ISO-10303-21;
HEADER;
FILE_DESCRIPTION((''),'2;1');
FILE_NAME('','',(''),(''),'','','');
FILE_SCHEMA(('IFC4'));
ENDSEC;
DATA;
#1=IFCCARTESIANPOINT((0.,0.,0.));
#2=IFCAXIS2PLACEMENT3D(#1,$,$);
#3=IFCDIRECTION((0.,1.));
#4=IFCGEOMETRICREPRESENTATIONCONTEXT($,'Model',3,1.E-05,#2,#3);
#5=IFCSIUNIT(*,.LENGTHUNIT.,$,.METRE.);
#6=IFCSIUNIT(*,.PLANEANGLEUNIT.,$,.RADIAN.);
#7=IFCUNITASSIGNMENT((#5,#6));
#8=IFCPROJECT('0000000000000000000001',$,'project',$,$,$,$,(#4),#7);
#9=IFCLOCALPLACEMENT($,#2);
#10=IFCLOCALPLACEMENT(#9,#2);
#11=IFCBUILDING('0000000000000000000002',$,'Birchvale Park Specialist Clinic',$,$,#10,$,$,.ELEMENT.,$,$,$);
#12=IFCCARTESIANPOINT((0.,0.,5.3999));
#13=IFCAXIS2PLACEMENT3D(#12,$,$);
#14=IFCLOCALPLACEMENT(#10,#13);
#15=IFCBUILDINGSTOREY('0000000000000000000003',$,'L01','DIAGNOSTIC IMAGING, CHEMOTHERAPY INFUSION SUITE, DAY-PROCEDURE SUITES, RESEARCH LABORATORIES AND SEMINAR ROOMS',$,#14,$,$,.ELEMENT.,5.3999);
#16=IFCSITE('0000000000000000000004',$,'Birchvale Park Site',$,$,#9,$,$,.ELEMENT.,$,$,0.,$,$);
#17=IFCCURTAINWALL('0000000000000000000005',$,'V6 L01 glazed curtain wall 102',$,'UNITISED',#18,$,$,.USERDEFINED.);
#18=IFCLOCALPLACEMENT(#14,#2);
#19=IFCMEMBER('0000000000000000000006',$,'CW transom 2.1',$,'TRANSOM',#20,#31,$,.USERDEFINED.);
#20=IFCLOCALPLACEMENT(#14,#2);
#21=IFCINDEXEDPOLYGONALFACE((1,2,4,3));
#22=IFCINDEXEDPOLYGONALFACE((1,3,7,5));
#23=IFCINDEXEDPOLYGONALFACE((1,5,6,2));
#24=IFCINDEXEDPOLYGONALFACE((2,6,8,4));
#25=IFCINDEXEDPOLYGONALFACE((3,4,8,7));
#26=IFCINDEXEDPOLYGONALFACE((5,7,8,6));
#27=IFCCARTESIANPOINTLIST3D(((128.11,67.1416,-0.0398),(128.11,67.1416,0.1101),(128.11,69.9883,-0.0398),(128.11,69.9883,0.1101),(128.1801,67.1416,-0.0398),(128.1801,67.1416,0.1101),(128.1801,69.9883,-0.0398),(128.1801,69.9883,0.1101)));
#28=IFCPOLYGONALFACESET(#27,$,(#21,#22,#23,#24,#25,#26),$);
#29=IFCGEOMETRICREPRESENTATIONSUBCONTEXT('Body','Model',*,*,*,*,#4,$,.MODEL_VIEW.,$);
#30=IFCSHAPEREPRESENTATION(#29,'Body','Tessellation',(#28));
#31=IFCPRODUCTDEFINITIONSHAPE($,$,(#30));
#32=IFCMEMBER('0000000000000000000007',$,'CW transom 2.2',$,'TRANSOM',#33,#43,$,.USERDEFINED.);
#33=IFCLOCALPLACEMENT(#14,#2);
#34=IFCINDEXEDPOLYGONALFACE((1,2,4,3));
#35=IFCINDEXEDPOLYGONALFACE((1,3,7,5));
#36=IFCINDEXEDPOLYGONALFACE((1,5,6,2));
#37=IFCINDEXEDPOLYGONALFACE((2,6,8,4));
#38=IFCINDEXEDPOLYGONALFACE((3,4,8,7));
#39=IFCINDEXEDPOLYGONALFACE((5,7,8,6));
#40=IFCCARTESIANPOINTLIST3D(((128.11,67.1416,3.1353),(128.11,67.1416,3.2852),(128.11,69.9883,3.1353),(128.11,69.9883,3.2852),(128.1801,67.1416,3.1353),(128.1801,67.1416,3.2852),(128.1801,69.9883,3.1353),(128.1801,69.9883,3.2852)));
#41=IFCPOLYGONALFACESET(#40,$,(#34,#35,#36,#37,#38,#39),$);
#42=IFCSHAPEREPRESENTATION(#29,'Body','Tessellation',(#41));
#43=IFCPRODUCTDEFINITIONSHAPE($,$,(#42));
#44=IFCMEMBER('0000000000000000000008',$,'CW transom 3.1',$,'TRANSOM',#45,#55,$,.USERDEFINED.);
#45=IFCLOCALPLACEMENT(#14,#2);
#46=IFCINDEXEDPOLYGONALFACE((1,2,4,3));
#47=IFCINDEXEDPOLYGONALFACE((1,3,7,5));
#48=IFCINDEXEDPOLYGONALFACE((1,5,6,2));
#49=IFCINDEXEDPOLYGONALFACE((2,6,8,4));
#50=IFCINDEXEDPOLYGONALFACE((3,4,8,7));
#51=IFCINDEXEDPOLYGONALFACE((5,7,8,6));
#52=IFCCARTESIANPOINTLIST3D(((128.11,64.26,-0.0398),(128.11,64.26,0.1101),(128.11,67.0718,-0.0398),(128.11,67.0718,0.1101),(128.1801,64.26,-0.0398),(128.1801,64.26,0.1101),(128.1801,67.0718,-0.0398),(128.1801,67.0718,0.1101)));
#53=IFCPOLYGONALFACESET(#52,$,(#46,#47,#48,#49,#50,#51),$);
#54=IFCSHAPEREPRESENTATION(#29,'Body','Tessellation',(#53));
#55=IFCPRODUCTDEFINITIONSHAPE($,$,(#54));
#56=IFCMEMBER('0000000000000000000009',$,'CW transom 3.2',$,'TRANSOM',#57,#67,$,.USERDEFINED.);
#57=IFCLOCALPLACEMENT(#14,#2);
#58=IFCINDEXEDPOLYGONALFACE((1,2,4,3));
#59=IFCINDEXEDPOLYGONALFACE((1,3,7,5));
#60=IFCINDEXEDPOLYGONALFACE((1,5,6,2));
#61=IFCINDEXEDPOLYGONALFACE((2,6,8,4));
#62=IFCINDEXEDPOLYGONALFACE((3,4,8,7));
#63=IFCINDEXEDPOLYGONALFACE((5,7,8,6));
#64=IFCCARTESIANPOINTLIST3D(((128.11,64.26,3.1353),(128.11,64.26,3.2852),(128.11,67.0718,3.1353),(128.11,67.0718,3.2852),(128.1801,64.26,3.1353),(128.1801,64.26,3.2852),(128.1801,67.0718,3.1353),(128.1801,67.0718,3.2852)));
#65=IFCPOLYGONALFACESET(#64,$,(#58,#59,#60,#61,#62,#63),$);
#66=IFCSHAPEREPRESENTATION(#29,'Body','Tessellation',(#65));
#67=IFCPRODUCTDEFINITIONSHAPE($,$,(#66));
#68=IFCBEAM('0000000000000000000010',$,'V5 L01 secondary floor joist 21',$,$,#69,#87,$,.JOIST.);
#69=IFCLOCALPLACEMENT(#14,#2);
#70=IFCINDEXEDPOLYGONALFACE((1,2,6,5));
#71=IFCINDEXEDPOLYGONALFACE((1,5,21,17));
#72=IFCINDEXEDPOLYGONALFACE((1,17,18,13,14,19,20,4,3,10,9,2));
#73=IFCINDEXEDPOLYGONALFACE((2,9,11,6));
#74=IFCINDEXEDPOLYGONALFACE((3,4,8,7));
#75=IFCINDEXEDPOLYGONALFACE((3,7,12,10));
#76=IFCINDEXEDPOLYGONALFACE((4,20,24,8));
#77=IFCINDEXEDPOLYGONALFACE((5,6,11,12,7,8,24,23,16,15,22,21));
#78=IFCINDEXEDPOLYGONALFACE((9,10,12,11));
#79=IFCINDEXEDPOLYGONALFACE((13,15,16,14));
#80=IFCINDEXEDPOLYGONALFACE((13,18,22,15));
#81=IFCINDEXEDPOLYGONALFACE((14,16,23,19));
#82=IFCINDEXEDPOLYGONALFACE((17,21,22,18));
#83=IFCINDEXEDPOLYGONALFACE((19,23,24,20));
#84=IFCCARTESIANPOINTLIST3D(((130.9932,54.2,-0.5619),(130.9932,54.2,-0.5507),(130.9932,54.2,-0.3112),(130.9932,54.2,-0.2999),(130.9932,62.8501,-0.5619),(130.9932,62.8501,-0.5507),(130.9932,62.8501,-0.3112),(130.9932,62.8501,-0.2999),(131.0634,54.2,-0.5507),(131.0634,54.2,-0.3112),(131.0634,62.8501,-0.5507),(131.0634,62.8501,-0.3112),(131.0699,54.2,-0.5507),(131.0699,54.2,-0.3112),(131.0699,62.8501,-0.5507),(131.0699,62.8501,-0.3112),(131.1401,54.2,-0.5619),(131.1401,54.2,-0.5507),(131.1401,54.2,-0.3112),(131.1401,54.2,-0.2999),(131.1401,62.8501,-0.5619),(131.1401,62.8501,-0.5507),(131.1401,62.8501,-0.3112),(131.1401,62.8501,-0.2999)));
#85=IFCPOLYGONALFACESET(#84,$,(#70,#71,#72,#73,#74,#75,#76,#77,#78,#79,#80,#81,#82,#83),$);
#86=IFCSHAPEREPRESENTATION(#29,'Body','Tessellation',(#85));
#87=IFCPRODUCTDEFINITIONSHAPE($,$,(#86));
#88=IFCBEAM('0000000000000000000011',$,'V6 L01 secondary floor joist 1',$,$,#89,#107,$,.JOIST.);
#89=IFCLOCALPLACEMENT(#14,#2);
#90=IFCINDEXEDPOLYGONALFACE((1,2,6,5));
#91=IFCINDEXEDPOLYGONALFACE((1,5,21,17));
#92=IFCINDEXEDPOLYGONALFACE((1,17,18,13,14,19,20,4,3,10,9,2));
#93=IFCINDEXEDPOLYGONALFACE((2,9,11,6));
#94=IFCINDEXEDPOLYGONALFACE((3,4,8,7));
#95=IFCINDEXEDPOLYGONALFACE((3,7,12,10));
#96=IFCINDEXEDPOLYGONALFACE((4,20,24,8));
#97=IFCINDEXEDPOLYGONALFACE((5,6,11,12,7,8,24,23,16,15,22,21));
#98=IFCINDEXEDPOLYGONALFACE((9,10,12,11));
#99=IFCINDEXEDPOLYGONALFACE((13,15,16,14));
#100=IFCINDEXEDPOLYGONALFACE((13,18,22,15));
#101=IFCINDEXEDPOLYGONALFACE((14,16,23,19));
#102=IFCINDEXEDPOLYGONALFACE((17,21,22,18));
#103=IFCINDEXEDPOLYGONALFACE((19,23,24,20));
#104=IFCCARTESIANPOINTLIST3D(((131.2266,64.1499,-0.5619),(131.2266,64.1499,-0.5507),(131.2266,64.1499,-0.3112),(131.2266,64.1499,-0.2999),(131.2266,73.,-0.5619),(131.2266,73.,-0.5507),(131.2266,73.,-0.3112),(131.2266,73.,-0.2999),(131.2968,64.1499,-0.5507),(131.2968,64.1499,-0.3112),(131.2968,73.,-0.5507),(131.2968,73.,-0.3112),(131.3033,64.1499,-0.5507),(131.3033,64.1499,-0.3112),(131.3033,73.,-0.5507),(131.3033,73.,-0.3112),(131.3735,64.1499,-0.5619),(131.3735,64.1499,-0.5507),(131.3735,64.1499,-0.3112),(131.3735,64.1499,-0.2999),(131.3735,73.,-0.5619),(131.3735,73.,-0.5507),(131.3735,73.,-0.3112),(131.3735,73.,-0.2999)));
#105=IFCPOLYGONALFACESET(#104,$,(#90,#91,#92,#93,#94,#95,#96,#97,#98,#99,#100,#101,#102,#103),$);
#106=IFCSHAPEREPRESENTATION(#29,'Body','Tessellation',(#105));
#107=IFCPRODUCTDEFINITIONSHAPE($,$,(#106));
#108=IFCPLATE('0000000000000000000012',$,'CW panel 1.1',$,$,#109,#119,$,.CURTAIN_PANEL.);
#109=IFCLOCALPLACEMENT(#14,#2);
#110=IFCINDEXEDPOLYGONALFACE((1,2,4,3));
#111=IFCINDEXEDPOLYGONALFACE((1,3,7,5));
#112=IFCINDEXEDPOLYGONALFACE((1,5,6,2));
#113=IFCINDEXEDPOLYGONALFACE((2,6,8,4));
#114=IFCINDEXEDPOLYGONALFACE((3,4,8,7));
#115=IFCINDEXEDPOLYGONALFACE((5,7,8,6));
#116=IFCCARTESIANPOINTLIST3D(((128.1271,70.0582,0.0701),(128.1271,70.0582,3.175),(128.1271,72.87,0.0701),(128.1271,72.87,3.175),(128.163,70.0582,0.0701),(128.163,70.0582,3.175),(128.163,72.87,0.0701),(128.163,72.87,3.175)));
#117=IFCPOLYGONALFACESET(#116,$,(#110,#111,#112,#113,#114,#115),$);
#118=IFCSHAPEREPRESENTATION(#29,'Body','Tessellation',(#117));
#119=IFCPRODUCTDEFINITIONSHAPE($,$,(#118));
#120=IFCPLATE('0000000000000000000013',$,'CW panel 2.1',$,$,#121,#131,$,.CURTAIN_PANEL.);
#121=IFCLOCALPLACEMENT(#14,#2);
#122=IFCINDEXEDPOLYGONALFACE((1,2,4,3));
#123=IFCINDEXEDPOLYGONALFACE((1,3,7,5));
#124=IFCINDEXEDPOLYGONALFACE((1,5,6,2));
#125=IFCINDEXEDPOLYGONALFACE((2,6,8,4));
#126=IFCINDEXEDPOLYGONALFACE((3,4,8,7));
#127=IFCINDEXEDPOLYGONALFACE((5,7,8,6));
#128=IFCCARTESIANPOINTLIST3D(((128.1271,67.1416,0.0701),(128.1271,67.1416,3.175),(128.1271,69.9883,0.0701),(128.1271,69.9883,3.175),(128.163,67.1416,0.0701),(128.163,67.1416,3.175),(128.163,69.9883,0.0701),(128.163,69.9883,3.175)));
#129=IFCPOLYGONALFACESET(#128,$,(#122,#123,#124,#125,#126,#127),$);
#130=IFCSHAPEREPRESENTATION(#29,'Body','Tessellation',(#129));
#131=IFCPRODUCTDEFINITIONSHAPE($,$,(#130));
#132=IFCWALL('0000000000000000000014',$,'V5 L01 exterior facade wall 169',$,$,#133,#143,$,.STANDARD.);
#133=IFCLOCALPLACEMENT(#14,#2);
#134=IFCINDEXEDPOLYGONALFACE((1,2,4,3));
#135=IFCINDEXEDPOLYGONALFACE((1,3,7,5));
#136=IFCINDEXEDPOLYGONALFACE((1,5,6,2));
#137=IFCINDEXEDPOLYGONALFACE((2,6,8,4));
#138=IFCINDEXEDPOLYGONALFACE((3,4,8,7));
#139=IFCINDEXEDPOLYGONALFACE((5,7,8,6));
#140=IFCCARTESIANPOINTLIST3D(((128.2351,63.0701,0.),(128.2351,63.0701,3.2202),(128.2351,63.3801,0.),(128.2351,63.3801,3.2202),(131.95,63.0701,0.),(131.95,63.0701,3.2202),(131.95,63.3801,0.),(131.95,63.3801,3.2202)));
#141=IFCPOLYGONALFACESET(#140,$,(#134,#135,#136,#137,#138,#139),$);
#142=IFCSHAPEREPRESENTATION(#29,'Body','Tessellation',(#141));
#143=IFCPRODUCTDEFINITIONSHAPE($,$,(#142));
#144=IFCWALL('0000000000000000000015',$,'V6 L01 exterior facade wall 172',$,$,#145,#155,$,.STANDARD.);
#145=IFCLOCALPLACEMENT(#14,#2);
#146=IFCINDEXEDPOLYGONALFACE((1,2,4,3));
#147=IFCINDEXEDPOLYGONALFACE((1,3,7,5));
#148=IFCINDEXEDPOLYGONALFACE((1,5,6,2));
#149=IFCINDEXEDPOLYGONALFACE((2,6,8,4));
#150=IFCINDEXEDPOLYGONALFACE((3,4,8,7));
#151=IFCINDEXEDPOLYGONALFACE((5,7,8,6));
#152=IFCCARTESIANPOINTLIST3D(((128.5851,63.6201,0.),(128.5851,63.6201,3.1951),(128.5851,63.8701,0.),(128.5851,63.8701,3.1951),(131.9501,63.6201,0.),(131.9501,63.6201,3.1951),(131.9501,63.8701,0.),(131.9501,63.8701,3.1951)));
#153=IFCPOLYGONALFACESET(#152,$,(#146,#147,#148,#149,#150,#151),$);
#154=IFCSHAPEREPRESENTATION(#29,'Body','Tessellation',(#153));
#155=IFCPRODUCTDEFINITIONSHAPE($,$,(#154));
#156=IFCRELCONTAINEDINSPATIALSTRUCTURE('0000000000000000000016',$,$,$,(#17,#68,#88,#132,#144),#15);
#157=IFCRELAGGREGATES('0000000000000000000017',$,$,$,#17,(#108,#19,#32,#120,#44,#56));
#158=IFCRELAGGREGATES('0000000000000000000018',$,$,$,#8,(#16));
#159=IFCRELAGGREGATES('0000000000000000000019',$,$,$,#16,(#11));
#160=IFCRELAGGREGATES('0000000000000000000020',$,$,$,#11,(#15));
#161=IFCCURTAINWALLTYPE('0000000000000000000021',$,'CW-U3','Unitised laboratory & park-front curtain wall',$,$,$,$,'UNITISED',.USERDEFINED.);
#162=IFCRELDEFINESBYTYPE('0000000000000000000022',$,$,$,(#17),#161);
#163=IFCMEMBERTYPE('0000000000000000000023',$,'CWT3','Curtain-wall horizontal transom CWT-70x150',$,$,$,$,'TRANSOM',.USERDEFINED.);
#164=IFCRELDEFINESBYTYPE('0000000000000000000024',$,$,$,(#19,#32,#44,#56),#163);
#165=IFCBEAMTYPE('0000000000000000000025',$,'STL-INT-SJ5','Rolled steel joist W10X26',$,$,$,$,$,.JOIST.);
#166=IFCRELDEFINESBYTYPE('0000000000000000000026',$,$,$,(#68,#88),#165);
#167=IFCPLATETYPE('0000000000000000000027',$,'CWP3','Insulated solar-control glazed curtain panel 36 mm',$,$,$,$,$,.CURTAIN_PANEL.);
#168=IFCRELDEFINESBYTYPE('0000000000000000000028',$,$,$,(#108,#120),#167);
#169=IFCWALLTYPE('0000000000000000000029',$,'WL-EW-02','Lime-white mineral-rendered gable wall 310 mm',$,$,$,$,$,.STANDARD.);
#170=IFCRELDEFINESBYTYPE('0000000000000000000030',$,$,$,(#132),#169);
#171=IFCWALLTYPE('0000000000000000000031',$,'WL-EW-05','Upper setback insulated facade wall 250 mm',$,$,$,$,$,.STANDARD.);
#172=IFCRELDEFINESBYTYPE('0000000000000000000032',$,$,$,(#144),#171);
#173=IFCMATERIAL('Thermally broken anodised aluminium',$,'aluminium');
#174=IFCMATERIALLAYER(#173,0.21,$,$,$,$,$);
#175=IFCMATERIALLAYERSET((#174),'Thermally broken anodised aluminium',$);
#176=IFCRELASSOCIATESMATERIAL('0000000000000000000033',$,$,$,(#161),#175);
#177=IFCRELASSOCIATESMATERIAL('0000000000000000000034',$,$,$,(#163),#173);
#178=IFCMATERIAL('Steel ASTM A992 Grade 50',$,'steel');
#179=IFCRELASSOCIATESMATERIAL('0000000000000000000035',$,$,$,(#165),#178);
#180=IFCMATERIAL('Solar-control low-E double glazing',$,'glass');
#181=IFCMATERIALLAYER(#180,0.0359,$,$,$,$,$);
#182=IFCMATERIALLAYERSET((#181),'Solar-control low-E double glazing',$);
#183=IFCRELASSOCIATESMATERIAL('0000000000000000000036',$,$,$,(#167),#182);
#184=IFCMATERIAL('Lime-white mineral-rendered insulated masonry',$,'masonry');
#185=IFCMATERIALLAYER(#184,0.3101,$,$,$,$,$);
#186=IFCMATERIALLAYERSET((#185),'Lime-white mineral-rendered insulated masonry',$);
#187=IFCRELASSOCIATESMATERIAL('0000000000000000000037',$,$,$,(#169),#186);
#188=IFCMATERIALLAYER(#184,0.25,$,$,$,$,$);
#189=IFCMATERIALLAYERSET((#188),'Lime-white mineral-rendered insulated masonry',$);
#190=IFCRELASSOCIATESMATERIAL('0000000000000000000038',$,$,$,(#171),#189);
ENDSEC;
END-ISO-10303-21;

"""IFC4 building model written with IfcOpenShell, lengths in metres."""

from ifc_helpers import new_model, si_unit, direction, frame, frame_2d, origin, origin_2d, place, context, subcontext, project, spatial, rectangle, i_section, extrude, material, layer, layer_set, material_profile, profile_set, type_object, element, aggregate, save


model = new_model("IFC4")

# Units and contexts
model_context = context("Model", 3, precision=1e-05, world=origin(), true_north=direction((0.0, 1.0)))
body_context = subcontext(model_context, "Body", "Model", "MODEL_VIEW")
ifc_project = project(units=[si_unit("LENGTHUNIT", "METRE"), si_unit("PLANEANGLEUNIT", "RADIAN")], contexts=[model_context])

# Site, building, storey
site_placement = place(None, origin())
site = spatial("IfcSite", under=ifc_project, at=site_placement, Name="Birchvale Park Site", CompositionType="ELEMENT", RefElevation=0.0)
building_placement = place(site_placement, origin())
building = spatial("IfcBuilding", under=site, at=building_placement, Name="Birchvale Park Specialist Clinic", CompositionType="ELEMENT")
storey_placement = place(building_placement, frame((0.0, 0.0, 5.3999)))
storey = spatial("IfcBuildingStorey", under=building, at=storey_placement, Name="L01", Description="DIAGNOSTIC IMAGING, CHEMOTHERAPY INFUSION SUITE, DAY-PROCEDURE SUITES, RESEARCH LABORATORIES AND SEMINAR ROOMS", CompositionType="ELEMENT", Elevation=5.3999)

# Curtain wall, members
ifc_material_1 = material(Name="Thermally broken anodised aluminium", Category="aluminium")
ifc_layer_1 = layer(ifc_material_1, 0.21)
ifc_layer_set_1 = layer_set([ifc_layer_1], Name="Thermally broken anodised aluminium")
curtain_wall_type = type_object("IfcCurtainWallType", Name="CW-U3", Description="Unitised laboratory & park-front curtain wall", ElementType="UNITISED", PredefinedType="USERDEFINED", material=ifc_layer_set_1)
curtain_wall_placement = place(storey_placement, origin())
curtain_wall = element("IfcCurtainWall", 1, at=curtain_wall_placement, inside=storey, type_object=curtain_wall_type, Name="V6 L01 glazed curtain wall 102", ObjectType="UNITISED", PredefinedType="USERDEFINED")
ifc_material_profile_1 = material_profile(ifc_material_1, rectangle(XDim=0.0701, YDim=0.1499, at=origin_2d()), Name="CWT-70x150")
ifc_profile_set_1 = profile_set([ifc_material_profile_1], Name="Thermally broken anodised aluminium")
member_type_1 = type_object("IfcMemberType", Name="CWT3", Description="Curtain-wall horizontal transom CWT-70x150", ElementType="TRANSOM", PredefinedType="USERDEFINED", material=ifc_profile_set_1)
member_1_placement = place(storey_placement, frame((128.145, 69.9883, 0.0352), z_axis=(0.0, -1.0, 0.0), x_axis=(1.0, 0.0, 0.0)))
member_1 = element("IfcMember", 2, at=member_1_placement, type_object=member_type_1, Name="CW transom 2.1", ObjectType="TRANSOM", PredefinedType="USERDEFINED", context=body_context, shape_type="SweptSolid", body=[
    extrude(rectangle(XDim=0.0701, YDim=0.1499, at=origin_2d()), origin(), (0.0, 0.0, 1.0), 2.8467),
])
member_2_placement = place(storey_placement, frame((128.145, 69.9883, 3.2102), z_axis=(0.0, -1.0, 0.0), x_axis=(1.0, 0.0, 0.0)))
member_2 = element("IfcMember", 3, at=member_2_placement, type_object=member_type_1, Name="CW transom 2.2", ObjectType="TRANSOM", PredefinedType="USERDEFINED", context=body_context, shape_type="SweptSolid", body=[
    extrude(rectangle(XDim=0.0701, YDim=0.1499, at=origin_2d()), origin(), (0.0, 0.0, 1.0), 2.8467),
])
member_3_placement = place(storey_placement, frame((128.145, 67.0718, 0.0352), z_axis=(0.0, -1.0, 0.0), x_axis=(1.0, 0.0, 0.0)))
member_3 = element("IfcMember", 4, at=member_3_placement, type_object=member_type_1, Name="CW transom 3.1", ObjectType="TRANSOM", PredefinedType="USERDEFINED", context=body_context, shape_type="SweptSolid", body=[
    extrude(rectangle(XDim=0.0701, YDim=0.1499, at=origin_2d()), origin(), (0.0, 0.0, 1.0), 2.8118),
])
member_4_placement = place(storey_placement, frame((128.145, 67.0718, 3.2102), z_axis=(0.0, -1.0, 0.0), x_axis=(1.0, 0.0, 0.0)))
member_4 = element("IfcMember", 5, at=member_4_placement, type_object=member_type_1, Name="CW transom 3.2", ObjectType="TRANSOM", PredefinedType="USERDEFINED", context=body_context, shape_type="SweptSolid", body=[
    extrude(rectangle(XDim=0.0701, YDim=0.1499, at=origin_2d()), origin(), (0.0, 0.0, 1.0), 2.8118),
])

# Beams
ifc_material_2 = material(Name="Steel ASTM A992 Grade 50", Category="steel")
ifc_material_profile_2 = material_profile(ifc_material_2, i_section(OverallWidth=0.147, OverallDepth=0.262, WebThickness=0.0066, FlangeThickness=0.0112, at=origin_2d()), Name="W10X26")
ifc_profile_set_2 = profile_set([ifc_material_profile_2], Name="Steel ASTM A992 Grade 50")
beam_type_1 = type_object("IfcBeamType", Name="STL-INT-SJ5", Description="Rolled steel joist W10X26", PredefinedType="JOIST", material=ifc_profile_set_2)
beam_1_placement = place(storey_placement, frame((131.0667, 54.2, -0.4309), z_axis=(0.0, 1.0, 0.0), x_axis=(-1.0, 0.0, 0.0)))
element("IfcBeam", 6, at=beam_1_placement, inside=storey, type_object=beam_type_1, Name="V5 L01 secondary floor joist 21", PredefinedType="JOIST", context=body_context, shape_type="SweptSolid", body=[
    extrude(i_section(OverallWidth=0.147, OverallDepth=0.262, WebThickness=0.0066, FlangeThickness=0.0112, at=origin_2d()), origin(), (0.0, 0.0, 1.0), 8.6501),
])
beam_2_placement = place(storey_placement, frame((131.3, 64.1499, -0.4309), z_axis=(0.0, 1.0, 0.0), x_axis=(-1.0, 0.0, 0.0)))
element("IfcBeam", 7, at=beam_2_placement, inside=storey, type_object=beam_type_1, Name="V6 L01 secondary floor joist 1", PredefinedType="JOIST", context=body_context, shape_type="SweptSolid", body=[
    extrude(i_section(OverallWidth=0.147, OverallDepth=0.262, WebThickness=0.0066, FlangeThickness=0.0112, at=origin_2d()), origin(), (0.0, 0.0, 1.0), 8.8501),
])

# Plates
ifc_material_3 = material(Name="Solar-control low-E double glazing", Category="glass")
ifc_layer_2 = layer(ifc_material_3, 0.0359)
ifc_layer_set_2 = layer_set([ifc_layer_2], Name="Solar-control low-E double glazing")
plate_type = type_object("IfcPlateType", Name="CWP3", Description="Insulated solar-control glazed curtain panel 36 mm", PredefinedType="CURTAIN_PANEL", material=ifc_layer_set_2)
plate_1_placement = place(storey_placement, frame((128.145, 71.4641, 0.0701), z_axis=(0.0, 0.0, 1.0), x_axis=(0.0, -1.0, 0.0)))
plate_1 = element("IfcPlate", 8, at=plate_1_placement, type_object=plate_type, Name="CW panel 1.1", PredefinedType="CURTAIN_PANEL", context=body_context, shape_type="SweptSolid", body=[
    extrude(rectangle(XDim=2.8118, YDim=0.0359, at=origin_2d()), origin(), (0.0, 0.0, 1.0), 3.105),
])
plate_2_placement = place(storey_placement, frame((128.145, 68.5649, 0.0701), z_axis=(0.0, 0.0, 1.0), x_axis=(0.0, -1.0, 0.0)))
plate_2 = element("IfcPlate", 9, at=plate_2_placement, type_object=plate_type, Name="CW panel 2.1", PredefinedType="CURTAIN_PANEL", context=body_context, shape_type="SweptSolid", body=[
    extrude(rectangle(XDim=2.8467, YDim=0.0359, at=origin_2d()), origin(), (0.0, 0.0, 1.0), 3.105),
])
aggregate(curtain_wall, [plate_1, member_1, member_2, plate_2, member_3, member_4])

# Walls
ifc_material_4 = material(Name="Lime-white mineral-rendered insulated masonry", Category="masonry")
ifc_layer_3 = layer(ifc_material_4, 0.3101)
ifc_layer_set_3 = layer_set([ifc_layer_3], Name="Lime-white mineral-rendered insulated masonry")
wall_type_1 = type_object("IfcWallType", Name="WL-EW-02", Description="Lime-white mineral-rendered gable wall 310 mm", PredefinedType="STANDARD", material=ifc_layer_set_3)
wall_1_placement = place(storey_placement, frame((131.95, 63.2251, 0.0), z_axis=(0.0, 0.0, 1.0), x_axis=(-1.0, 0.0, 0.0)))
element("IfcWall", 10, at=wall_1_placement, inside=storey, type_object=wall_type_1, Name="V5 L01 exterior facade wall 169", PredefinedType="STANDARD", context=body_context, shape_type="SweptSolid", body=[
    extrude(rectangle(XDim=3.7148, YDim=0.3101, at=frame_2d((1.8574, 0.0))), origin(), (0.0, 0.0, 1.0), 3.2202),
])
ifc_layer_4 = layer(ifc_material_4, 0.25)
ifc_layer_set_4 = layer_set([ifc_layer_4], Name="Lime-white mineral-rendered insulated masonry")
wall_type_2 = type_object("IfcWallType", Name="WL-EW-05", Description="Upper setback insulated facade wall 250 mm", PredefinedType="STANDARD", material=ifc_layer_set_4)
wall_2_placement = place(storey_placement, frame((128.585, 63.7451, 0.0), z_axis=(0.0, 0.0, 1.0), x_axis=(1.0, 0.0, 0.0)))
element("IfcWall", 11, at=wall_2_placement, inside=storey, type_object=wall_type_2, Name="V6 L01 exterior facade wall 172", PredefinedType="STANDARD", context=body_context, shape_type="SweptSolid", body=[
    extrude(rectangle(XDim=3.365, YDim=0.25, at=frame_2d((1.6826, 0.0))), origin(), (0.0, 0.0, 1.0), 3.1951),
])

save(model, "model.ifc")
